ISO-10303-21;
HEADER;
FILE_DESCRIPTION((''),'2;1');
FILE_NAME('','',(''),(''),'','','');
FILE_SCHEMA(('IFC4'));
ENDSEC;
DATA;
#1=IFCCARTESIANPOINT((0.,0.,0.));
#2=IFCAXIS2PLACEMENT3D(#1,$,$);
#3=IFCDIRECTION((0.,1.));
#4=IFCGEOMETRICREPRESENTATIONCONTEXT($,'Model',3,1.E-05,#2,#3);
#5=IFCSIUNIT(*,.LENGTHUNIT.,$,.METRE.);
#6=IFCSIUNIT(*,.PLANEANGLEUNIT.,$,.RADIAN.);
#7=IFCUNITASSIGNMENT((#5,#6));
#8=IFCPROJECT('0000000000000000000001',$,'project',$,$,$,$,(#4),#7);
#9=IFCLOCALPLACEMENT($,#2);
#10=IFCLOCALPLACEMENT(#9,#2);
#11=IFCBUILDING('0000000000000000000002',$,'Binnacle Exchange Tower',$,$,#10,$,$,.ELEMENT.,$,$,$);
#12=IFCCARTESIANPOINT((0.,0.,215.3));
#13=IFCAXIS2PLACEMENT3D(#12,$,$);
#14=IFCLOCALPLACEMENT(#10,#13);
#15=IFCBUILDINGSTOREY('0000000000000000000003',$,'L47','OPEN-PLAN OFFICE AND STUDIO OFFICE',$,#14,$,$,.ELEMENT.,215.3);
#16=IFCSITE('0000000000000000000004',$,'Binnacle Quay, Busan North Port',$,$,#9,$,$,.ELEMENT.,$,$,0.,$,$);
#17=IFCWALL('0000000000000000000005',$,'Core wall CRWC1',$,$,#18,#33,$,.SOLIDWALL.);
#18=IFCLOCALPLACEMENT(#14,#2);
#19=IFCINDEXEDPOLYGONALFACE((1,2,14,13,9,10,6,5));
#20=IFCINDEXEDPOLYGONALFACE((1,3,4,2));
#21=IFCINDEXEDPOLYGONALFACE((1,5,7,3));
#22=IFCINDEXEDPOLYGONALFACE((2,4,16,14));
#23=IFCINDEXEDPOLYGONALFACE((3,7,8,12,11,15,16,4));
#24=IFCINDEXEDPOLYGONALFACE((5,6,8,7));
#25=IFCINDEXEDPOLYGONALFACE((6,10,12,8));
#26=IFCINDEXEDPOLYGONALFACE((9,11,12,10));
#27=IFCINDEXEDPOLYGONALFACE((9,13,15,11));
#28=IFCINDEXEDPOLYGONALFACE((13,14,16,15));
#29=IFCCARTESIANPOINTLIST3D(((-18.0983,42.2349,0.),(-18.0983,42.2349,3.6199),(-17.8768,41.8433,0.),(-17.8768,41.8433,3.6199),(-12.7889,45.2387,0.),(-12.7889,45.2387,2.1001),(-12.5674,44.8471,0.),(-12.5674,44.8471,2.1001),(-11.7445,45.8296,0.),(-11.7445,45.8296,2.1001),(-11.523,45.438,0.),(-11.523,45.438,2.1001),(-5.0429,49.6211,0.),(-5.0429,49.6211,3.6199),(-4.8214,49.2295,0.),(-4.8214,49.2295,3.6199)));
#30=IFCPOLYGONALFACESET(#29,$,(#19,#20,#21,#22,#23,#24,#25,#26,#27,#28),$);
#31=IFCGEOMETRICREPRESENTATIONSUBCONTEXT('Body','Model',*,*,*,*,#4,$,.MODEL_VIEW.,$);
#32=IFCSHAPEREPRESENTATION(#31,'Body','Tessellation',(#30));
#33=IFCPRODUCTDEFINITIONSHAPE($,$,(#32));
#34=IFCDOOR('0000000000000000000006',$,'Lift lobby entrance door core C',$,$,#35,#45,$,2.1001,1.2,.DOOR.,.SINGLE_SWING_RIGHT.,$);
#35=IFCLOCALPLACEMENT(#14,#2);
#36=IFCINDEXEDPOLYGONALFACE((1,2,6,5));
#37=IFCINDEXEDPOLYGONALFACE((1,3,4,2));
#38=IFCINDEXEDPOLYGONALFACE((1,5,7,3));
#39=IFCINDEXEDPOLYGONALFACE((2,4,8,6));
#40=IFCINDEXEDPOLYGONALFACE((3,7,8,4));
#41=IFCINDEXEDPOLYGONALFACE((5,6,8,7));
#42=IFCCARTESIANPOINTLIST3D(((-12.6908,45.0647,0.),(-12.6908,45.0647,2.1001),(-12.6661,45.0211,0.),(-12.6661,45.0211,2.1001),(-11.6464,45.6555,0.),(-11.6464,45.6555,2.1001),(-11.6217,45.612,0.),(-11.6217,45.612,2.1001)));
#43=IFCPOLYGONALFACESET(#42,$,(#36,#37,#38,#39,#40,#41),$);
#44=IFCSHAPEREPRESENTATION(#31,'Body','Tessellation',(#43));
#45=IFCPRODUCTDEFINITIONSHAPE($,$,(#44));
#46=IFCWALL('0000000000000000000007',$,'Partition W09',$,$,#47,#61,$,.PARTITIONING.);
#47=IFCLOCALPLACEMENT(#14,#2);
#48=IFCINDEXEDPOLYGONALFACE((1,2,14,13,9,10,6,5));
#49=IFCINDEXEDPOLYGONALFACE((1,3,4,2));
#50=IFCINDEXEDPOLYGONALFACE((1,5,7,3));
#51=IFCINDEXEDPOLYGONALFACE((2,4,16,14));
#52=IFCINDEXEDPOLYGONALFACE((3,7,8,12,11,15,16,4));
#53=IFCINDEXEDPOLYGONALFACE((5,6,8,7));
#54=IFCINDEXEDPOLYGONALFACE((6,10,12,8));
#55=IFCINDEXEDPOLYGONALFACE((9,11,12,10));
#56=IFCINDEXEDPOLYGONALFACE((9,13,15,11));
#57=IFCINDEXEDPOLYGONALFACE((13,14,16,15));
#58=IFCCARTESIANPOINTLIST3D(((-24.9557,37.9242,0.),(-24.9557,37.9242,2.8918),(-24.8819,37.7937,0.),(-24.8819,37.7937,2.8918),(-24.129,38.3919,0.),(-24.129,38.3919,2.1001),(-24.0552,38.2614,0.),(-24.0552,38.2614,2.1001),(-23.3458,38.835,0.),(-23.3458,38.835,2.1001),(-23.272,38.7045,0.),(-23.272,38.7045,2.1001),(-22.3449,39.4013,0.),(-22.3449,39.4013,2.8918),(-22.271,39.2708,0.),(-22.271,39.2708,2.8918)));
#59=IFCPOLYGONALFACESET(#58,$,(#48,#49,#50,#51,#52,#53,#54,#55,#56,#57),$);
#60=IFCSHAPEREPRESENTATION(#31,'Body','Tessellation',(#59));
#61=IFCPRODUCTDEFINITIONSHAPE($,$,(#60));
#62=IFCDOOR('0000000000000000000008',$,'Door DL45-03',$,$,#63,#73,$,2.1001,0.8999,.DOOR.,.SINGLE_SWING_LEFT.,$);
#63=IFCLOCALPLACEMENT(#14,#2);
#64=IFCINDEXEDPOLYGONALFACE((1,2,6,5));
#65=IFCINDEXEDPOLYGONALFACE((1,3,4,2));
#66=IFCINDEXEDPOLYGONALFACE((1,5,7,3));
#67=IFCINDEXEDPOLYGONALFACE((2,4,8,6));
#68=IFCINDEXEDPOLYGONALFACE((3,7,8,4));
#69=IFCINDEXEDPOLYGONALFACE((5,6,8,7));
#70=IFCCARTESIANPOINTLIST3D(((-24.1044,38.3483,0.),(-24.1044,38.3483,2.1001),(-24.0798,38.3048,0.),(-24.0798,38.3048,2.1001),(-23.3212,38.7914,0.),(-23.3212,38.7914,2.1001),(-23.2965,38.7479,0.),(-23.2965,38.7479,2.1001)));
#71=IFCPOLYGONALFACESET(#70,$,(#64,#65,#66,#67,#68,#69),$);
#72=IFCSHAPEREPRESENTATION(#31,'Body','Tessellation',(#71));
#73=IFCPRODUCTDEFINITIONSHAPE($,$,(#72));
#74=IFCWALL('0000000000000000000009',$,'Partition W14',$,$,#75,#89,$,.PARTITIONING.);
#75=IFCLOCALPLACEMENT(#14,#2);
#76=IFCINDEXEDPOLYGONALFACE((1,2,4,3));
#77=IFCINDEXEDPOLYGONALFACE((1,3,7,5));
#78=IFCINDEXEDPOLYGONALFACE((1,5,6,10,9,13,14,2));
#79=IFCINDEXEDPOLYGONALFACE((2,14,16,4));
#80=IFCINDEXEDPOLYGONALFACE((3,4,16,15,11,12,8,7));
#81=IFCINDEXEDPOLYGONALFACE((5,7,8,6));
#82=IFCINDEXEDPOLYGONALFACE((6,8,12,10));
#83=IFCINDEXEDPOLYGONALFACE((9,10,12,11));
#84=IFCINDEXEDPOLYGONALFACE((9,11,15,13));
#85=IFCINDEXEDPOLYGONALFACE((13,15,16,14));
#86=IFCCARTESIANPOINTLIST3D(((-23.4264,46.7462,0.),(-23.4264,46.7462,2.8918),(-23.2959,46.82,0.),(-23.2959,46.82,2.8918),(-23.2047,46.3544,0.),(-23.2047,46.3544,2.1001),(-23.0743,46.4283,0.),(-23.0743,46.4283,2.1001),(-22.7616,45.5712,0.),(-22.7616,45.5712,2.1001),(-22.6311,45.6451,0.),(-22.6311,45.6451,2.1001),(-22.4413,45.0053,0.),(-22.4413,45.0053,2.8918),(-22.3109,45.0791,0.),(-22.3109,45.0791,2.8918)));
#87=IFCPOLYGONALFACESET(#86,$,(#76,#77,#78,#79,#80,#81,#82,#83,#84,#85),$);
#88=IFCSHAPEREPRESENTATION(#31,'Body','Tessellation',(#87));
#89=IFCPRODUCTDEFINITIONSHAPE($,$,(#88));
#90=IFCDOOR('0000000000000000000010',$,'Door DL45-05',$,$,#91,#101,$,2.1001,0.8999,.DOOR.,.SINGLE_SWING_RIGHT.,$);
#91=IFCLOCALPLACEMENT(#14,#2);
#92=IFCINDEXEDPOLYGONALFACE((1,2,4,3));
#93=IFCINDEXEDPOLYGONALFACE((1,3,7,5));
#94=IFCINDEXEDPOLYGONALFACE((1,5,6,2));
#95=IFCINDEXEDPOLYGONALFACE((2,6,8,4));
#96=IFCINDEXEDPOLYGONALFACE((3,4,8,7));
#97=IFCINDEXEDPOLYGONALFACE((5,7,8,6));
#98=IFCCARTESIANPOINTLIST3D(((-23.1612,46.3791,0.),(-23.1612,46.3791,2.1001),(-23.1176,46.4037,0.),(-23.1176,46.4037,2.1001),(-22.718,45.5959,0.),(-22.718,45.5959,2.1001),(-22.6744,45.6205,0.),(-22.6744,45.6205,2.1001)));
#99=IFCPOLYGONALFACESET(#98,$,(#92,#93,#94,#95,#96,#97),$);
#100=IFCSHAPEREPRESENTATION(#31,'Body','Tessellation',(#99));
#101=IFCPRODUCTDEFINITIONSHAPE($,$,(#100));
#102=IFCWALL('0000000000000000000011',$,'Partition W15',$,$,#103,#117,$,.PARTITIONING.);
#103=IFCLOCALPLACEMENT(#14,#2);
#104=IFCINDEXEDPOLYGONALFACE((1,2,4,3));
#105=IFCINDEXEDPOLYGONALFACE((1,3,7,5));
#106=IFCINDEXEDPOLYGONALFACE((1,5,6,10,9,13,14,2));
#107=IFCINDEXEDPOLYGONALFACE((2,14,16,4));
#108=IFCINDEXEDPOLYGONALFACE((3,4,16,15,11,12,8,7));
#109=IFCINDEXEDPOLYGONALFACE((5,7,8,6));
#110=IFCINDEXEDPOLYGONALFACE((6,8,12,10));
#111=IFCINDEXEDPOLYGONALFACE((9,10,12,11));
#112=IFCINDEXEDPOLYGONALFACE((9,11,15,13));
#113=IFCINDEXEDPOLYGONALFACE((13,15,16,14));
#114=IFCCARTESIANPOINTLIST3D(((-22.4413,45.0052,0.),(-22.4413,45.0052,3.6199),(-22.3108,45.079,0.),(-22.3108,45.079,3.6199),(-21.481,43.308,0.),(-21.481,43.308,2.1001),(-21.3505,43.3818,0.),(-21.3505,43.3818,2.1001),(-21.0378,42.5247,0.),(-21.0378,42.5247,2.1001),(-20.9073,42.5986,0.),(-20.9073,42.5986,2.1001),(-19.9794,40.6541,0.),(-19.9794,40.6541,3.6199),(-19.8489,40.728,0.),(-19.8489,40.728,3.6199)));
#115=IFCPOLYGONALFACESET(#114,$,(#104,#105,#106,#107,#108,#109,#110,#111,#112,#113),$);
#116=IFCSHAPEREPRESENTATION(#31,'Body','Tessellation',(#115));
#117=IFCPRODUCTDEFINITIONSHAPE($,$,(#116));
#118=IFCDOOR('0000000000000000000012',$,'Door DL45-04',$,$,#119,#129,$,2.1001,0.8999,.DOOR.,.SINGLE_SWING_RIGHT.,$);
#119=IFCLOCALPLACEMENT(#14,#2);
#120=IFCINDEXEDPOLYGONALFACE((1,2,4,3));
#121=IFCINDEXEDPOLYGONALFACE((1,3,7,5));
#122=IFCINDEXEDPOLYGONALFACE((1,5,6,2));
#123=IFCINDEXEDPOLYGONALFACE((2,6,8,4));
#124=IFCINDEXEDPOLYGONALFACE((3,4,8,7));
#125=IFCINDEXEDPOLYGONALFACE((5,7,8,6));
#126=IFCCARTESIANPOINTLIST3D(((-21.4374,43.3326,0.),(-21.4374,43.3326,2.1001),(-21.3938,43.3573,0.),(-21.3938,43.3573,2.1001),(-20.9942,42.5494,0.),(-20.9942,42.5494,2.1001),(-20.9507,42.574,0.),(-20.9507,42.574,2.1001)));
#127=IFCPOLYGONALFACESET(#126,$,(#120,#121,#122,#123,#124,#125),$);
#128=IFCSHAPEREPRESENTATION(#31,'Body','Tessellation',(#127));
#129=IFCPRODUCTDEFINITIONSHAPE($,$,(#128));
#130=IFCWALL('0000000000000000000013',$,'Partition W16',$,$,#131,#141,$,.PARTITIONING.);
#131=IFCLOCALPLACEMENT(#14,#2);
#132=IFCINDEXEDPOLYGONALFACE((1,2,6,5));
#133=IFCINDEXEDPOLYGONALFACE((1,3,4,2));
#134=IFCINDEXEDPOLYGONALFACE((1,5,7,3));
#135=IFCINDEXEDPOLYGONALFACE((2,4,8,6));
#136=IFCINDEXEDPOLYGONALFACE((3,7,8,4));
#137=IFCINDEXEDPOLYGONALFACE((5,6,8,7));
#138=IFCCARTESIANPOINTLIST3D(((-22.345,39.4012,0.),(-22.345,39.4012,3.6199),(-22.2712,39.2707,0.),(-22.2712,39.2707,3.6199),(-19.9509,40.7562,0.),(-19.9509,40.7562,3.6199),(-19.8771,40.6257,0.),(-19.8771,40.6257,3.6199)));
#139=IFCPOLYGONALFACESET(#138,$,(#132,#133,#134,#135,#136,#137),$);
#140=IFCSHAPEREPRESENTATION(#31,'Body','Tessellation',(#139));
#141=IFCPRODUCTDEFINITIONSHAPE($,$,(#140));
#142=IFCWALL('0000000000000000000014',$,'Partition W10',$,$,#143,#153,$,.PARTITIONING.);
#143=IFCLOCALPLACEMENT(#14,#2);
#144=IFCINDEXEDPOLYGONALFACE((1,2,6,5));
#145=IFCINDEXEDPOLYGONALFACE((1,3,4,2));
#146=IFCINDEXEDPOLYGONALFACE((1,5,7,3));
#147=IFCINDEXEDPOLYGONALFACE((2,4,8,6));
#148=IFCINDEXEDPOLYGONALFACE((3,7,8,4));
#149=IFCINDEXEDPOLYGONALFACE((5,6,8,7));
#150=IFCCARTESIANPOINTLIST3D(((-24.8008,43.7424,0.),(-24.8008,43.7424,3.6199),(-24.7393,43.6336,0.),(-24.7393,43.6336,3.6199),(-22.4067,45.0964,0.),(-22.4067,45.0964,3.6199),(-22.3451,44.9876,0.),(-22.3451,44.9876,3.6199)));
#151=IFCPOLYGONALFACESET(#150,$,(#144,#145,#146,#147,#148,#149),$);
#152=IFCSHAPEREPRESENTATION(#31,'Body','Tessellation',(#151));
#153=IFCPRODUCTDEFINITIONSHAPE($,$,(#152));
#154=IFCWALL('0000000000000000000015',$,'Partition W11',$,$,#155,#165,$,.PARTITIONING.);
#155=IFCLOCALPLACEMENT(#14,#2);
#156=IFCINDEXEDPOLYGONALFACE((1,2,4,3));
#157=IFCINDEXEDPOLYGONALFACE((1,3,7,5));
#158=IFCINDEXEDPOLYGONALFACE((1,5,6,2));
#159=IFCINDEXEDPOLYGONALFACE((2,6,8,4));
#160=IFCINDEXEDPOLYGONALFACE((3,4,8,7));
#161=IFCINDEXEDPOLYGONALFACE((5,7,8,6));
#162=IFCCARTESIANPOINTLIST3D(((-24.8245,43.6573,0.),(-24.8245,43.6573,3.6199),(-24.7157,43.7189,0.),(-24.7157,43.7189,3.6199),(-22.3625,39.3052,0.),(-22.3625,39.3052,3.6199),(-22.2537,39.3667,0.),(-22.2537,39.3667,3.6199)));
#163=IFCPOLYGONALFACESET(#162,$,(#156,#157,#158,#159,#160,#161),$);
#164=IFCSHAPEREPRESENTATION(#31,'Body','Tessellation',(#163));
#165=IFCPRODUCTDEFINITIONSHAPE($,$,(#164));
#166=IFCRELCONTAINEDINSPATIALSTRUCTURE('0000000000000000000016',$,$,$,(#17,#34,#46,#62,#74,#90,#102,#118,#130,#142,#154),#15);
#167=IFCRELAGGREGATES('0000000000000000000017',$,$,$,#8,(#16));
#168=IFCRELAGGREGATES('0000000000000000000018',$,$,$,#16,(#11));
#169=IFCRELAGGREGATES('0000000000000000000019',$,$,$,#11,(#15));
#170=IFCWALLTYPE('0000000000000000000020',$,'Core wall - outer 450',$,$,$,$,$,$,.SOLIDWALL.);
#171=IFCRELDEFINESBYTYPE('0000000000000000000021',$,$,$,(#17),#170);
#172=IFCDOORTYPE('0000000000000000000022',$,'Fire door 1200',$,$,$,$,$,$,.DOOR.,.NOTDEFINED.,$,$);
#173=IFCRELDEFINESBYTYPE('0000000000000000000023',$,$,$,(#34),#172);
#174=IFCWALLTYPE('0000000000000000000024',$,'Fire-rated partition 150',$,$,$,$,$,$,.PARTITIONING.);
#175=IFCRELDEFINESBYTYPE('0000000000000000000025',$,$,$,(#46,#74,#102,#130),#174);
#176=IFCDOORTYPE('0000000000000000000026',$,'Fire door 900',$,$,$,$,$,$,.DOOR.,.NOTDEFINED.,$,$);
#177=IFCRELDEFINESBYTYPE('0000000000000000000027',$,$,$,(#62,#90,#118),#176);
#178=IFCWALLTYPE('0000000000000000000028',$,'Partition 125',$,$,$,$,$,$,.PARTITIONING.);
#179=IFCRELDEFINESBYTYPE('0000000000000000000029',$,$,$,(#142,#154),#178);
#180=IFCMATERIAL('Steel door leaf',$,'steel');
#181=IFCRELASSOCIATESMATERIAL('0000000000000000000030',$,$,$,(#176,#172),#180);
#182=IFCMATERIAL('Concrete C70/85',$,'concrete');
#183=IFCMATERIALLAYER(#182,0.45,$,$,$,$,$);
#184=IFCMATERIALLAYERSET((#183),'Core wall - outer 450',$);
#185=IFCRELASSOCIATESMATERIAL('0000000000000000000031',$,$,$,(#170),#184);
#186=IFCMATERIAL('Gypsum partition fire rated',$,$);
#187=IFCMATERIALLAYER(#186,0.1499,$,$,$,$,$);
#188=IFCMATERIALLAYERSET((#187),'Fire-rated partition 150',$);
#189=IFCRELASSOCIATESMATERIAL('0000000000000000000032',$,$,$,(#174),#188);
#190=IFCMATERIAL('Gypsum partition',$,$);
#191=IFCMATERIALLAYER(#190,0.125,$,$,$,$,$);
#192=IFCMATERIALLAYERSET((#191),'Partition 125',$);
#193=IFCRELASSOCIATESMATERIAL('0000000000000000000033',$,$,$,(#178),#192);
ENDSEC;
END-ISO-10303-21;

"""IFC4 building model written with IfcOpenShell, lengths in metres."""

from ifc_helpers import new_model, si_unit, direction, frame, frame_2d, origin, place, context, subcontext, project, spatial, rectangle, extrude, material, layer, layer_set, type_object, element, fill, save


model = new_model("IFC4")

# Units and contexts
model_context = context("Model", 3, precision=1e-05, world=origin(), true_north=direction((0.0, 1.0)))
body_context = subcontext(model_context, "Body", "Model", "MODEL_VIEW")
ifc_project = project(units=[si_unit("LENGTHUNIT", "METRE"), si_unit("PLANEANGLEUNIT", "RADIAN")], contexts=[model_context])

# Site, building, storey
site_placement = place(None, origin())
site = spatial("IfcSite", under=ifc_project, at=site_placement, Name="Binnacle Quay, Busan North Port", CompositionType="ELEMENT", RefElevation=0.0)
building_placement = place(site_placement, origin())
building = spatial("IfcBuilding", under=site, at=building_placement, Name="Binnacle Exchange Tower", CompositionType="ELEMENT")
storey_placement = place(building_placement, frame((0.0, 0.0, 215.3)))
storey = spatial("IfcBuildingStorey", under=building, at=storey_placement, Name="L47", Description="OPEN-PLAN OFFICE AND STUDIO OFFICE", CompositionType="ELEMENT", Elevation=215.3)

# Shared definitions
ifc_material_1 = material(Name="Concrete C70/85", Category="concrete")
ifc_material_2 = material(Name="Steel door leaf", Category="steel")
door_type_1 = type_object("IfcDoorType", Name="Fire door 900", OperationType="NOTDEFINED", PredefinedType="DOOR", material=ifc_material_2)

# Walls, openings, doors
ifc_layer_1 = layer(ifc_material_1, 0.45)
ifc_layer_set_1 = layer_set([ifc_layer_1], Name="Core wall - outer 450")
wall_type_1 = type_object("IfcWallType", Name="Core wall - outer 450", PredefinedType="SOLIDWALL", material=ifc_layer_set_1)
wall_1_placement = place(storey_placement, frame((-17.9875, 42.0391, 0.0), z_axis=(0.0, 0.0, 1.0), x_axis=(0.870361, 0.492415, 0.0)))
wall_1 = element("IfcWall", 1, at=wall_1_placement, inside=storey, type_object=wall_type_1, Name="Core wall CRWC1", PredefinedType="SOLIDWALL", context=body_context, shape_type="SweptSolid", body=[
    extrude(rectangle(XDim=15.0, YDim=0.45, at=frame_2d((7.5, 0.0))), origin(), (0.0, 0.0, 1.0), 3.6199),
])
opening_1_placement = place(wall_1_placement, frame((6.1001, 0.0, 0.0)))
opening_1 = element("IfcOpeningElement", 2, at=opening_1_placement, cuts=wall_1, PredefinedType="OPENING", context=body_context, shape_type="SweptSolid", body=[
    extrude(rectangle(XDim=1.2, YDim=2.1001, at=frame_2d((0.6001, 1.05))), frame((0.0, 0.2349, 0.0), z_axis=(0.0, -1.0, 0.0), x_axis=(1.0, 0.0, 0.0)), (0.0, 0.0, 1.0), 0.47),
])
door_type_2 = type_object("IfcDoorType", Name="Fire door 1200", OperationType="NOTDEFINED", PredefinedType="DOOR", material=ifc_material_2)
door_1_placement = place(opening_1_placement, frame((1.2, 0.0, 0.0), z_axis=(0.0, 0.0, 1.0), x_axis=(-1.0, 0.0, 0.0)))
door_1 = element("IfcDoor", 3, at=door_1_placement, inside=storey, type_object=door_type_2, Name="Lift lobby entrance door core C", OperationType="SINGLE_SWING_RIGHT", OverallHeight=2.1001, OverallWidth=1.2, PredefinedType="DOOR", context=body_context, shape_type="SweptSolid", body=[
    extrude(rectangle(XDim=1.2, YDim=2.1001, at=frame_2d((0.6001, 1.05))), frame((0.0, 0.0249, 0.0), z_axis=(0.0, -1.0, 0.0), x_axis=(1.0, 0.0, 0.0)), (0.0, 0.0, 1.0), 0.05),
])
fill(opening_1, door_1)
ifc_material_3 = material(Name="Gypsum partition fire rated")
ifc_layer_2 = layer(ifc_material_3, 0.1499)
ifc_layer_set_2 = layer_set([ifc_layer_2], Name="Fire-rated partition 150")
wall_type_2 = type_object("IfcWallType", Name="Fire-rated partition 150", PredefinedType="PARTITIONING", material=ifc_layer_set_2)
wall_2_placement = place(storey_placement, frame((-24.9189, 37.8589, 0.0), z_axis=(0.0, 0.0, 1.0), x_axis=(0.870369, 0.4924, 0.0)))
wall_2 = element("IfcWall", 4, at=wall_2_placement, inside=storey, type_object=wall_type_2, Name="Partition W09", PredefinedType="PARTITIONING", context=body_context, shape_type="SweptSolid", body=[
    extrude(rectangle(XDim=2.9998, YDim=0.1499, at=frame_2d((1.5, 0.0))), origin(), (0.0, 0.0, 1.0), 2.8918),
])
opening_2_placement = place(wall_2_placement, frame((0.95, 0.0, 0.0)))
opening_2 = element("IfcOpeningElement", 5, at=opening_2_placement, cuts=wall_2, PredefinedType="OPENING", context=body_context, shape_type="SweptSolid", body=[
    extrude(rectangle(XDim=0.8999, YDim=2.1001, at=frame_2d((0.45, 1.05))), frame((0.0, 0.085, 0.0), z_axis=(0.0, -1.0, 0.0), x_axis=(1.0, 0.0, 0.0)), (0.0, 0.0, 1.0), 0.1699),
])
door_2_placement = place(opening_2_placement, origin())
door_2 = element("IfcDoor", 6, at=door_2_placement, inside=storey, type_object=door_type_1, Name="Door DL45-03", OperationType="SINGLE_SWING_LEFT", OverallHeight=2.1001, OverallWidth=0.8999, PredefinedType="DOOR", context=body_context, shape_type="SweptSolid", body=[
    extrude(rectangle(XDim=0.8999, YDim=2.1001, at=frame_2d((0.45, 1.05))), frame((0.0, 0.0249, 0.0), z_axis=(0.0, -1.0, 0.0), x_axis=(1.0, 0.0, 0.0)), (0.0, 0.0, 1.0), 0.05),
])
fill(opening_2, door_2)
wall_3_placement = place(storey_placement, frame((-23.3611, 46.783, 0.0), z_axis=(0.0, 0.0, 1.0), x_axis=(0.492467, -0.870331, 0.0)))
wall_3 = element("IfcWall", 7, at=wall_3_placement, inside=storey, type_object=wall_type_2, Name="Partition W14", PredefinedType="PARTITIONING", context=body_context, shape_type="SweptSolid", body=[
    extrude(rectangle(XDim=2.0002, YDim=0.1499, at=frame_2d((1.0, 0.0))), origin(), (0.0, 0.0, 1.0), 2.8918),
])
opening_3_placement = place(wall_3_placement, frame((0.45, 0.0, 0.0)))
opening_3 = element("IfcOpeningElement", 8, at=opening_3_placement, cuts=wall_3, PredefinedType="OPENING", context=body_context, shape_type="SweptSolid", body=[
    extrude(rectangle(XDim=0.8999, YDim=2.1001, at=frame_2d((0.45, 1.05))), frame((0.0, 0.085, 0.0), z_axis=(0.0, -1.0, 0.0), x_axis=(1.0, 0.0, 0.0)), (0.0, 0.0, 1.0), 0.1699),
])
door_3_placement = place(opening_3_placement, frame((0.8999, 0.0, 0.0), z_axis=(0.0, 0.0, 1.0), x_axis=(-1.0, 0.0, 0.0)))
door_3 = element("IfcDoor", 9, at=door_3_placement, inside=storey, type_object=door_type_1, Name="Door DL45-05", OperationType="SINGLE_SWING_RIGHT", OverallHeight=2.1001, OverallWidth=0.8999, PredefinedType="DOOR", context=body_context, shape_type="SweptSolid", body=[
    extrude(rectangle(XDim=0.8999, YDim=2.1001, at=frame_2d((0.45, 1.05))), frame((0.0, 0.0249, 0.0), z_axis=(0.0, -1.0, 0.0), x_axis=(1.0, 0.0, 0.0)), (0.0, 0.0, 1.0), 0.05),
])
fill(opening_3, door_3)
wall_4_placement = place(storey_placement, frame((-22.376, 45.042, 0.0), z_axis=(0.0, 0.0, 1.0), x_axis=(0.492453, -0.870339, 0.0)))
wall_4 = element("IfcWall", 10, at=wall_4_placement, inside=storey, type_object=wall_type_2, Name="Partition W15", PredefinedType="PARTITIONING", context=body_context, shape_type="SweptSolid", body=[
    extrude(rectangle(XDim=4.9993, YDim=0.1499, at=frame_2d((2.4995, 0.0))), origin(), (0.0, 0.0, 1.0), 3.6199),
])
opening_4_placement = place(wall_4_placement, frame((1.95, 0.0, 0.0)))
opening_4 = element("IfcOpeningElement", 11, at=opening_4_placement, cuts=wall_4, PredefinedType="OPENING", context=body_context, shape_type="SweptSolid", body=[
    extrude(rectangle(XDim=0.8999, YDim=2.1001, at=frame_2d((0.45, 1.05))), frame((0.0, 0.085, 0.0), z_axis=(0.0, -1.0, 0.0), x_axis=(1.0, 0.0, 0.0)), (0.0, 0.0, 1.0), 0.1699),
])
door_4_placement = place(opening_4_placement, frame((0.8999, 0.0, 0.0), z_axis=(0.0, 0.0, 1.0), x_axis=(-1.0, 0.0, 0.0)))
door_4 = element("IfcDoor", 12, at=door_4_placement, inside=storey, type_object=door_type_1, Name="Door DL45-04", OperationType="SINGLE_SWING_RIGHT", OverallHeight=2.1001, OverallWidth=0.8999, PredefinedType="DOOR", context=body_context, shape_type="SweptSolid", body=[
    extrude(rectangle(XDim=0.8999, YDim=2.1001, at=frame_2d((0.45, 1.05))), frame((0.0, 0.0249, 0.0), z_axis=(0.0, -1.0, 0.0), x_axis=(1.0, 0.0, 0.0)), (0.0, 0.0, 1.0), 0.05),
])
fill(opening_4, door_4)

# Walls
wall_5_placement = place(storey_placement, frame((-22.3081, 39.3359, 0.0), z_axis=(0.0, 0.0, 1.0), x_axis=(0.870278, 0.49256, 0.0)))
element("IfcWall", 13, at=wall_5_placement, inside=storey, type_object=wall_type_2, Name="Partition W16", PredefinedType="PARTITIONING", context=body_context, shape_type="SweptSolid", body=[
    extrude(rectangle(XDim=2.751, YDim=0.1499, at=frame_2d((1.3755, 0.0))), origin(), (0.0, 0.0, 1.0), 3.6199),
])
ifc_material_4 = material(Name="Gypsum partition")
ifc_layer_3 = layer(ifc_material_4, 0.125)
ifc_layer_set_3 = layer_set([ifc_layer_3], Name="Partition 125")
wall_type_3 = type_object("IfcWallType", Name="Partition 125", PredefinedType="PARTITIONING", material=ifc_layer_set_3)
wall_6_placement = place(storey_placement, frame((-24.77, 43.688, 0.0), z_axis=(0.0, 0.0, 1.0), x_axis=(0.870431, 0.492291, 0.0)))
element("IfcWall", 14, at=wall_6_placement, inside=storey, type_object=wall_type_3, Name="Partition W10", PredefinedType="PARTITIONING", context=body_context, shape_type="SweptSolid", body=[
    extrude(rectangle(XDim=2.7505, YDim=0.125, at=frame_2d((1.3752, 0.0))), origin(), (0.0, 0.0, 1.0), 3.6199),
])
wall_7_placement = place(storey_placement, frame((-24.77, 43.688, 0.0), z_axis=(0.0, 0.0, 1.0), x_axis=(0.492369, -0.870386, 0.0)))
element("IfcWall", 15, at=wall_7_placement, inside=storey, type_object=wall_type_3, Name="Partition W11", PredefinedType="PARTITIONING", context=body_context, shape_type="SweptSolid", body=[
    extrude(rectangle(XDim=5.0002, YDim=0.125, at=frame_2d((2.5, 0.0))), origin(), (0.0, 0.0, 1.0), 3.6199),
])

save(model, "model.ifc")
